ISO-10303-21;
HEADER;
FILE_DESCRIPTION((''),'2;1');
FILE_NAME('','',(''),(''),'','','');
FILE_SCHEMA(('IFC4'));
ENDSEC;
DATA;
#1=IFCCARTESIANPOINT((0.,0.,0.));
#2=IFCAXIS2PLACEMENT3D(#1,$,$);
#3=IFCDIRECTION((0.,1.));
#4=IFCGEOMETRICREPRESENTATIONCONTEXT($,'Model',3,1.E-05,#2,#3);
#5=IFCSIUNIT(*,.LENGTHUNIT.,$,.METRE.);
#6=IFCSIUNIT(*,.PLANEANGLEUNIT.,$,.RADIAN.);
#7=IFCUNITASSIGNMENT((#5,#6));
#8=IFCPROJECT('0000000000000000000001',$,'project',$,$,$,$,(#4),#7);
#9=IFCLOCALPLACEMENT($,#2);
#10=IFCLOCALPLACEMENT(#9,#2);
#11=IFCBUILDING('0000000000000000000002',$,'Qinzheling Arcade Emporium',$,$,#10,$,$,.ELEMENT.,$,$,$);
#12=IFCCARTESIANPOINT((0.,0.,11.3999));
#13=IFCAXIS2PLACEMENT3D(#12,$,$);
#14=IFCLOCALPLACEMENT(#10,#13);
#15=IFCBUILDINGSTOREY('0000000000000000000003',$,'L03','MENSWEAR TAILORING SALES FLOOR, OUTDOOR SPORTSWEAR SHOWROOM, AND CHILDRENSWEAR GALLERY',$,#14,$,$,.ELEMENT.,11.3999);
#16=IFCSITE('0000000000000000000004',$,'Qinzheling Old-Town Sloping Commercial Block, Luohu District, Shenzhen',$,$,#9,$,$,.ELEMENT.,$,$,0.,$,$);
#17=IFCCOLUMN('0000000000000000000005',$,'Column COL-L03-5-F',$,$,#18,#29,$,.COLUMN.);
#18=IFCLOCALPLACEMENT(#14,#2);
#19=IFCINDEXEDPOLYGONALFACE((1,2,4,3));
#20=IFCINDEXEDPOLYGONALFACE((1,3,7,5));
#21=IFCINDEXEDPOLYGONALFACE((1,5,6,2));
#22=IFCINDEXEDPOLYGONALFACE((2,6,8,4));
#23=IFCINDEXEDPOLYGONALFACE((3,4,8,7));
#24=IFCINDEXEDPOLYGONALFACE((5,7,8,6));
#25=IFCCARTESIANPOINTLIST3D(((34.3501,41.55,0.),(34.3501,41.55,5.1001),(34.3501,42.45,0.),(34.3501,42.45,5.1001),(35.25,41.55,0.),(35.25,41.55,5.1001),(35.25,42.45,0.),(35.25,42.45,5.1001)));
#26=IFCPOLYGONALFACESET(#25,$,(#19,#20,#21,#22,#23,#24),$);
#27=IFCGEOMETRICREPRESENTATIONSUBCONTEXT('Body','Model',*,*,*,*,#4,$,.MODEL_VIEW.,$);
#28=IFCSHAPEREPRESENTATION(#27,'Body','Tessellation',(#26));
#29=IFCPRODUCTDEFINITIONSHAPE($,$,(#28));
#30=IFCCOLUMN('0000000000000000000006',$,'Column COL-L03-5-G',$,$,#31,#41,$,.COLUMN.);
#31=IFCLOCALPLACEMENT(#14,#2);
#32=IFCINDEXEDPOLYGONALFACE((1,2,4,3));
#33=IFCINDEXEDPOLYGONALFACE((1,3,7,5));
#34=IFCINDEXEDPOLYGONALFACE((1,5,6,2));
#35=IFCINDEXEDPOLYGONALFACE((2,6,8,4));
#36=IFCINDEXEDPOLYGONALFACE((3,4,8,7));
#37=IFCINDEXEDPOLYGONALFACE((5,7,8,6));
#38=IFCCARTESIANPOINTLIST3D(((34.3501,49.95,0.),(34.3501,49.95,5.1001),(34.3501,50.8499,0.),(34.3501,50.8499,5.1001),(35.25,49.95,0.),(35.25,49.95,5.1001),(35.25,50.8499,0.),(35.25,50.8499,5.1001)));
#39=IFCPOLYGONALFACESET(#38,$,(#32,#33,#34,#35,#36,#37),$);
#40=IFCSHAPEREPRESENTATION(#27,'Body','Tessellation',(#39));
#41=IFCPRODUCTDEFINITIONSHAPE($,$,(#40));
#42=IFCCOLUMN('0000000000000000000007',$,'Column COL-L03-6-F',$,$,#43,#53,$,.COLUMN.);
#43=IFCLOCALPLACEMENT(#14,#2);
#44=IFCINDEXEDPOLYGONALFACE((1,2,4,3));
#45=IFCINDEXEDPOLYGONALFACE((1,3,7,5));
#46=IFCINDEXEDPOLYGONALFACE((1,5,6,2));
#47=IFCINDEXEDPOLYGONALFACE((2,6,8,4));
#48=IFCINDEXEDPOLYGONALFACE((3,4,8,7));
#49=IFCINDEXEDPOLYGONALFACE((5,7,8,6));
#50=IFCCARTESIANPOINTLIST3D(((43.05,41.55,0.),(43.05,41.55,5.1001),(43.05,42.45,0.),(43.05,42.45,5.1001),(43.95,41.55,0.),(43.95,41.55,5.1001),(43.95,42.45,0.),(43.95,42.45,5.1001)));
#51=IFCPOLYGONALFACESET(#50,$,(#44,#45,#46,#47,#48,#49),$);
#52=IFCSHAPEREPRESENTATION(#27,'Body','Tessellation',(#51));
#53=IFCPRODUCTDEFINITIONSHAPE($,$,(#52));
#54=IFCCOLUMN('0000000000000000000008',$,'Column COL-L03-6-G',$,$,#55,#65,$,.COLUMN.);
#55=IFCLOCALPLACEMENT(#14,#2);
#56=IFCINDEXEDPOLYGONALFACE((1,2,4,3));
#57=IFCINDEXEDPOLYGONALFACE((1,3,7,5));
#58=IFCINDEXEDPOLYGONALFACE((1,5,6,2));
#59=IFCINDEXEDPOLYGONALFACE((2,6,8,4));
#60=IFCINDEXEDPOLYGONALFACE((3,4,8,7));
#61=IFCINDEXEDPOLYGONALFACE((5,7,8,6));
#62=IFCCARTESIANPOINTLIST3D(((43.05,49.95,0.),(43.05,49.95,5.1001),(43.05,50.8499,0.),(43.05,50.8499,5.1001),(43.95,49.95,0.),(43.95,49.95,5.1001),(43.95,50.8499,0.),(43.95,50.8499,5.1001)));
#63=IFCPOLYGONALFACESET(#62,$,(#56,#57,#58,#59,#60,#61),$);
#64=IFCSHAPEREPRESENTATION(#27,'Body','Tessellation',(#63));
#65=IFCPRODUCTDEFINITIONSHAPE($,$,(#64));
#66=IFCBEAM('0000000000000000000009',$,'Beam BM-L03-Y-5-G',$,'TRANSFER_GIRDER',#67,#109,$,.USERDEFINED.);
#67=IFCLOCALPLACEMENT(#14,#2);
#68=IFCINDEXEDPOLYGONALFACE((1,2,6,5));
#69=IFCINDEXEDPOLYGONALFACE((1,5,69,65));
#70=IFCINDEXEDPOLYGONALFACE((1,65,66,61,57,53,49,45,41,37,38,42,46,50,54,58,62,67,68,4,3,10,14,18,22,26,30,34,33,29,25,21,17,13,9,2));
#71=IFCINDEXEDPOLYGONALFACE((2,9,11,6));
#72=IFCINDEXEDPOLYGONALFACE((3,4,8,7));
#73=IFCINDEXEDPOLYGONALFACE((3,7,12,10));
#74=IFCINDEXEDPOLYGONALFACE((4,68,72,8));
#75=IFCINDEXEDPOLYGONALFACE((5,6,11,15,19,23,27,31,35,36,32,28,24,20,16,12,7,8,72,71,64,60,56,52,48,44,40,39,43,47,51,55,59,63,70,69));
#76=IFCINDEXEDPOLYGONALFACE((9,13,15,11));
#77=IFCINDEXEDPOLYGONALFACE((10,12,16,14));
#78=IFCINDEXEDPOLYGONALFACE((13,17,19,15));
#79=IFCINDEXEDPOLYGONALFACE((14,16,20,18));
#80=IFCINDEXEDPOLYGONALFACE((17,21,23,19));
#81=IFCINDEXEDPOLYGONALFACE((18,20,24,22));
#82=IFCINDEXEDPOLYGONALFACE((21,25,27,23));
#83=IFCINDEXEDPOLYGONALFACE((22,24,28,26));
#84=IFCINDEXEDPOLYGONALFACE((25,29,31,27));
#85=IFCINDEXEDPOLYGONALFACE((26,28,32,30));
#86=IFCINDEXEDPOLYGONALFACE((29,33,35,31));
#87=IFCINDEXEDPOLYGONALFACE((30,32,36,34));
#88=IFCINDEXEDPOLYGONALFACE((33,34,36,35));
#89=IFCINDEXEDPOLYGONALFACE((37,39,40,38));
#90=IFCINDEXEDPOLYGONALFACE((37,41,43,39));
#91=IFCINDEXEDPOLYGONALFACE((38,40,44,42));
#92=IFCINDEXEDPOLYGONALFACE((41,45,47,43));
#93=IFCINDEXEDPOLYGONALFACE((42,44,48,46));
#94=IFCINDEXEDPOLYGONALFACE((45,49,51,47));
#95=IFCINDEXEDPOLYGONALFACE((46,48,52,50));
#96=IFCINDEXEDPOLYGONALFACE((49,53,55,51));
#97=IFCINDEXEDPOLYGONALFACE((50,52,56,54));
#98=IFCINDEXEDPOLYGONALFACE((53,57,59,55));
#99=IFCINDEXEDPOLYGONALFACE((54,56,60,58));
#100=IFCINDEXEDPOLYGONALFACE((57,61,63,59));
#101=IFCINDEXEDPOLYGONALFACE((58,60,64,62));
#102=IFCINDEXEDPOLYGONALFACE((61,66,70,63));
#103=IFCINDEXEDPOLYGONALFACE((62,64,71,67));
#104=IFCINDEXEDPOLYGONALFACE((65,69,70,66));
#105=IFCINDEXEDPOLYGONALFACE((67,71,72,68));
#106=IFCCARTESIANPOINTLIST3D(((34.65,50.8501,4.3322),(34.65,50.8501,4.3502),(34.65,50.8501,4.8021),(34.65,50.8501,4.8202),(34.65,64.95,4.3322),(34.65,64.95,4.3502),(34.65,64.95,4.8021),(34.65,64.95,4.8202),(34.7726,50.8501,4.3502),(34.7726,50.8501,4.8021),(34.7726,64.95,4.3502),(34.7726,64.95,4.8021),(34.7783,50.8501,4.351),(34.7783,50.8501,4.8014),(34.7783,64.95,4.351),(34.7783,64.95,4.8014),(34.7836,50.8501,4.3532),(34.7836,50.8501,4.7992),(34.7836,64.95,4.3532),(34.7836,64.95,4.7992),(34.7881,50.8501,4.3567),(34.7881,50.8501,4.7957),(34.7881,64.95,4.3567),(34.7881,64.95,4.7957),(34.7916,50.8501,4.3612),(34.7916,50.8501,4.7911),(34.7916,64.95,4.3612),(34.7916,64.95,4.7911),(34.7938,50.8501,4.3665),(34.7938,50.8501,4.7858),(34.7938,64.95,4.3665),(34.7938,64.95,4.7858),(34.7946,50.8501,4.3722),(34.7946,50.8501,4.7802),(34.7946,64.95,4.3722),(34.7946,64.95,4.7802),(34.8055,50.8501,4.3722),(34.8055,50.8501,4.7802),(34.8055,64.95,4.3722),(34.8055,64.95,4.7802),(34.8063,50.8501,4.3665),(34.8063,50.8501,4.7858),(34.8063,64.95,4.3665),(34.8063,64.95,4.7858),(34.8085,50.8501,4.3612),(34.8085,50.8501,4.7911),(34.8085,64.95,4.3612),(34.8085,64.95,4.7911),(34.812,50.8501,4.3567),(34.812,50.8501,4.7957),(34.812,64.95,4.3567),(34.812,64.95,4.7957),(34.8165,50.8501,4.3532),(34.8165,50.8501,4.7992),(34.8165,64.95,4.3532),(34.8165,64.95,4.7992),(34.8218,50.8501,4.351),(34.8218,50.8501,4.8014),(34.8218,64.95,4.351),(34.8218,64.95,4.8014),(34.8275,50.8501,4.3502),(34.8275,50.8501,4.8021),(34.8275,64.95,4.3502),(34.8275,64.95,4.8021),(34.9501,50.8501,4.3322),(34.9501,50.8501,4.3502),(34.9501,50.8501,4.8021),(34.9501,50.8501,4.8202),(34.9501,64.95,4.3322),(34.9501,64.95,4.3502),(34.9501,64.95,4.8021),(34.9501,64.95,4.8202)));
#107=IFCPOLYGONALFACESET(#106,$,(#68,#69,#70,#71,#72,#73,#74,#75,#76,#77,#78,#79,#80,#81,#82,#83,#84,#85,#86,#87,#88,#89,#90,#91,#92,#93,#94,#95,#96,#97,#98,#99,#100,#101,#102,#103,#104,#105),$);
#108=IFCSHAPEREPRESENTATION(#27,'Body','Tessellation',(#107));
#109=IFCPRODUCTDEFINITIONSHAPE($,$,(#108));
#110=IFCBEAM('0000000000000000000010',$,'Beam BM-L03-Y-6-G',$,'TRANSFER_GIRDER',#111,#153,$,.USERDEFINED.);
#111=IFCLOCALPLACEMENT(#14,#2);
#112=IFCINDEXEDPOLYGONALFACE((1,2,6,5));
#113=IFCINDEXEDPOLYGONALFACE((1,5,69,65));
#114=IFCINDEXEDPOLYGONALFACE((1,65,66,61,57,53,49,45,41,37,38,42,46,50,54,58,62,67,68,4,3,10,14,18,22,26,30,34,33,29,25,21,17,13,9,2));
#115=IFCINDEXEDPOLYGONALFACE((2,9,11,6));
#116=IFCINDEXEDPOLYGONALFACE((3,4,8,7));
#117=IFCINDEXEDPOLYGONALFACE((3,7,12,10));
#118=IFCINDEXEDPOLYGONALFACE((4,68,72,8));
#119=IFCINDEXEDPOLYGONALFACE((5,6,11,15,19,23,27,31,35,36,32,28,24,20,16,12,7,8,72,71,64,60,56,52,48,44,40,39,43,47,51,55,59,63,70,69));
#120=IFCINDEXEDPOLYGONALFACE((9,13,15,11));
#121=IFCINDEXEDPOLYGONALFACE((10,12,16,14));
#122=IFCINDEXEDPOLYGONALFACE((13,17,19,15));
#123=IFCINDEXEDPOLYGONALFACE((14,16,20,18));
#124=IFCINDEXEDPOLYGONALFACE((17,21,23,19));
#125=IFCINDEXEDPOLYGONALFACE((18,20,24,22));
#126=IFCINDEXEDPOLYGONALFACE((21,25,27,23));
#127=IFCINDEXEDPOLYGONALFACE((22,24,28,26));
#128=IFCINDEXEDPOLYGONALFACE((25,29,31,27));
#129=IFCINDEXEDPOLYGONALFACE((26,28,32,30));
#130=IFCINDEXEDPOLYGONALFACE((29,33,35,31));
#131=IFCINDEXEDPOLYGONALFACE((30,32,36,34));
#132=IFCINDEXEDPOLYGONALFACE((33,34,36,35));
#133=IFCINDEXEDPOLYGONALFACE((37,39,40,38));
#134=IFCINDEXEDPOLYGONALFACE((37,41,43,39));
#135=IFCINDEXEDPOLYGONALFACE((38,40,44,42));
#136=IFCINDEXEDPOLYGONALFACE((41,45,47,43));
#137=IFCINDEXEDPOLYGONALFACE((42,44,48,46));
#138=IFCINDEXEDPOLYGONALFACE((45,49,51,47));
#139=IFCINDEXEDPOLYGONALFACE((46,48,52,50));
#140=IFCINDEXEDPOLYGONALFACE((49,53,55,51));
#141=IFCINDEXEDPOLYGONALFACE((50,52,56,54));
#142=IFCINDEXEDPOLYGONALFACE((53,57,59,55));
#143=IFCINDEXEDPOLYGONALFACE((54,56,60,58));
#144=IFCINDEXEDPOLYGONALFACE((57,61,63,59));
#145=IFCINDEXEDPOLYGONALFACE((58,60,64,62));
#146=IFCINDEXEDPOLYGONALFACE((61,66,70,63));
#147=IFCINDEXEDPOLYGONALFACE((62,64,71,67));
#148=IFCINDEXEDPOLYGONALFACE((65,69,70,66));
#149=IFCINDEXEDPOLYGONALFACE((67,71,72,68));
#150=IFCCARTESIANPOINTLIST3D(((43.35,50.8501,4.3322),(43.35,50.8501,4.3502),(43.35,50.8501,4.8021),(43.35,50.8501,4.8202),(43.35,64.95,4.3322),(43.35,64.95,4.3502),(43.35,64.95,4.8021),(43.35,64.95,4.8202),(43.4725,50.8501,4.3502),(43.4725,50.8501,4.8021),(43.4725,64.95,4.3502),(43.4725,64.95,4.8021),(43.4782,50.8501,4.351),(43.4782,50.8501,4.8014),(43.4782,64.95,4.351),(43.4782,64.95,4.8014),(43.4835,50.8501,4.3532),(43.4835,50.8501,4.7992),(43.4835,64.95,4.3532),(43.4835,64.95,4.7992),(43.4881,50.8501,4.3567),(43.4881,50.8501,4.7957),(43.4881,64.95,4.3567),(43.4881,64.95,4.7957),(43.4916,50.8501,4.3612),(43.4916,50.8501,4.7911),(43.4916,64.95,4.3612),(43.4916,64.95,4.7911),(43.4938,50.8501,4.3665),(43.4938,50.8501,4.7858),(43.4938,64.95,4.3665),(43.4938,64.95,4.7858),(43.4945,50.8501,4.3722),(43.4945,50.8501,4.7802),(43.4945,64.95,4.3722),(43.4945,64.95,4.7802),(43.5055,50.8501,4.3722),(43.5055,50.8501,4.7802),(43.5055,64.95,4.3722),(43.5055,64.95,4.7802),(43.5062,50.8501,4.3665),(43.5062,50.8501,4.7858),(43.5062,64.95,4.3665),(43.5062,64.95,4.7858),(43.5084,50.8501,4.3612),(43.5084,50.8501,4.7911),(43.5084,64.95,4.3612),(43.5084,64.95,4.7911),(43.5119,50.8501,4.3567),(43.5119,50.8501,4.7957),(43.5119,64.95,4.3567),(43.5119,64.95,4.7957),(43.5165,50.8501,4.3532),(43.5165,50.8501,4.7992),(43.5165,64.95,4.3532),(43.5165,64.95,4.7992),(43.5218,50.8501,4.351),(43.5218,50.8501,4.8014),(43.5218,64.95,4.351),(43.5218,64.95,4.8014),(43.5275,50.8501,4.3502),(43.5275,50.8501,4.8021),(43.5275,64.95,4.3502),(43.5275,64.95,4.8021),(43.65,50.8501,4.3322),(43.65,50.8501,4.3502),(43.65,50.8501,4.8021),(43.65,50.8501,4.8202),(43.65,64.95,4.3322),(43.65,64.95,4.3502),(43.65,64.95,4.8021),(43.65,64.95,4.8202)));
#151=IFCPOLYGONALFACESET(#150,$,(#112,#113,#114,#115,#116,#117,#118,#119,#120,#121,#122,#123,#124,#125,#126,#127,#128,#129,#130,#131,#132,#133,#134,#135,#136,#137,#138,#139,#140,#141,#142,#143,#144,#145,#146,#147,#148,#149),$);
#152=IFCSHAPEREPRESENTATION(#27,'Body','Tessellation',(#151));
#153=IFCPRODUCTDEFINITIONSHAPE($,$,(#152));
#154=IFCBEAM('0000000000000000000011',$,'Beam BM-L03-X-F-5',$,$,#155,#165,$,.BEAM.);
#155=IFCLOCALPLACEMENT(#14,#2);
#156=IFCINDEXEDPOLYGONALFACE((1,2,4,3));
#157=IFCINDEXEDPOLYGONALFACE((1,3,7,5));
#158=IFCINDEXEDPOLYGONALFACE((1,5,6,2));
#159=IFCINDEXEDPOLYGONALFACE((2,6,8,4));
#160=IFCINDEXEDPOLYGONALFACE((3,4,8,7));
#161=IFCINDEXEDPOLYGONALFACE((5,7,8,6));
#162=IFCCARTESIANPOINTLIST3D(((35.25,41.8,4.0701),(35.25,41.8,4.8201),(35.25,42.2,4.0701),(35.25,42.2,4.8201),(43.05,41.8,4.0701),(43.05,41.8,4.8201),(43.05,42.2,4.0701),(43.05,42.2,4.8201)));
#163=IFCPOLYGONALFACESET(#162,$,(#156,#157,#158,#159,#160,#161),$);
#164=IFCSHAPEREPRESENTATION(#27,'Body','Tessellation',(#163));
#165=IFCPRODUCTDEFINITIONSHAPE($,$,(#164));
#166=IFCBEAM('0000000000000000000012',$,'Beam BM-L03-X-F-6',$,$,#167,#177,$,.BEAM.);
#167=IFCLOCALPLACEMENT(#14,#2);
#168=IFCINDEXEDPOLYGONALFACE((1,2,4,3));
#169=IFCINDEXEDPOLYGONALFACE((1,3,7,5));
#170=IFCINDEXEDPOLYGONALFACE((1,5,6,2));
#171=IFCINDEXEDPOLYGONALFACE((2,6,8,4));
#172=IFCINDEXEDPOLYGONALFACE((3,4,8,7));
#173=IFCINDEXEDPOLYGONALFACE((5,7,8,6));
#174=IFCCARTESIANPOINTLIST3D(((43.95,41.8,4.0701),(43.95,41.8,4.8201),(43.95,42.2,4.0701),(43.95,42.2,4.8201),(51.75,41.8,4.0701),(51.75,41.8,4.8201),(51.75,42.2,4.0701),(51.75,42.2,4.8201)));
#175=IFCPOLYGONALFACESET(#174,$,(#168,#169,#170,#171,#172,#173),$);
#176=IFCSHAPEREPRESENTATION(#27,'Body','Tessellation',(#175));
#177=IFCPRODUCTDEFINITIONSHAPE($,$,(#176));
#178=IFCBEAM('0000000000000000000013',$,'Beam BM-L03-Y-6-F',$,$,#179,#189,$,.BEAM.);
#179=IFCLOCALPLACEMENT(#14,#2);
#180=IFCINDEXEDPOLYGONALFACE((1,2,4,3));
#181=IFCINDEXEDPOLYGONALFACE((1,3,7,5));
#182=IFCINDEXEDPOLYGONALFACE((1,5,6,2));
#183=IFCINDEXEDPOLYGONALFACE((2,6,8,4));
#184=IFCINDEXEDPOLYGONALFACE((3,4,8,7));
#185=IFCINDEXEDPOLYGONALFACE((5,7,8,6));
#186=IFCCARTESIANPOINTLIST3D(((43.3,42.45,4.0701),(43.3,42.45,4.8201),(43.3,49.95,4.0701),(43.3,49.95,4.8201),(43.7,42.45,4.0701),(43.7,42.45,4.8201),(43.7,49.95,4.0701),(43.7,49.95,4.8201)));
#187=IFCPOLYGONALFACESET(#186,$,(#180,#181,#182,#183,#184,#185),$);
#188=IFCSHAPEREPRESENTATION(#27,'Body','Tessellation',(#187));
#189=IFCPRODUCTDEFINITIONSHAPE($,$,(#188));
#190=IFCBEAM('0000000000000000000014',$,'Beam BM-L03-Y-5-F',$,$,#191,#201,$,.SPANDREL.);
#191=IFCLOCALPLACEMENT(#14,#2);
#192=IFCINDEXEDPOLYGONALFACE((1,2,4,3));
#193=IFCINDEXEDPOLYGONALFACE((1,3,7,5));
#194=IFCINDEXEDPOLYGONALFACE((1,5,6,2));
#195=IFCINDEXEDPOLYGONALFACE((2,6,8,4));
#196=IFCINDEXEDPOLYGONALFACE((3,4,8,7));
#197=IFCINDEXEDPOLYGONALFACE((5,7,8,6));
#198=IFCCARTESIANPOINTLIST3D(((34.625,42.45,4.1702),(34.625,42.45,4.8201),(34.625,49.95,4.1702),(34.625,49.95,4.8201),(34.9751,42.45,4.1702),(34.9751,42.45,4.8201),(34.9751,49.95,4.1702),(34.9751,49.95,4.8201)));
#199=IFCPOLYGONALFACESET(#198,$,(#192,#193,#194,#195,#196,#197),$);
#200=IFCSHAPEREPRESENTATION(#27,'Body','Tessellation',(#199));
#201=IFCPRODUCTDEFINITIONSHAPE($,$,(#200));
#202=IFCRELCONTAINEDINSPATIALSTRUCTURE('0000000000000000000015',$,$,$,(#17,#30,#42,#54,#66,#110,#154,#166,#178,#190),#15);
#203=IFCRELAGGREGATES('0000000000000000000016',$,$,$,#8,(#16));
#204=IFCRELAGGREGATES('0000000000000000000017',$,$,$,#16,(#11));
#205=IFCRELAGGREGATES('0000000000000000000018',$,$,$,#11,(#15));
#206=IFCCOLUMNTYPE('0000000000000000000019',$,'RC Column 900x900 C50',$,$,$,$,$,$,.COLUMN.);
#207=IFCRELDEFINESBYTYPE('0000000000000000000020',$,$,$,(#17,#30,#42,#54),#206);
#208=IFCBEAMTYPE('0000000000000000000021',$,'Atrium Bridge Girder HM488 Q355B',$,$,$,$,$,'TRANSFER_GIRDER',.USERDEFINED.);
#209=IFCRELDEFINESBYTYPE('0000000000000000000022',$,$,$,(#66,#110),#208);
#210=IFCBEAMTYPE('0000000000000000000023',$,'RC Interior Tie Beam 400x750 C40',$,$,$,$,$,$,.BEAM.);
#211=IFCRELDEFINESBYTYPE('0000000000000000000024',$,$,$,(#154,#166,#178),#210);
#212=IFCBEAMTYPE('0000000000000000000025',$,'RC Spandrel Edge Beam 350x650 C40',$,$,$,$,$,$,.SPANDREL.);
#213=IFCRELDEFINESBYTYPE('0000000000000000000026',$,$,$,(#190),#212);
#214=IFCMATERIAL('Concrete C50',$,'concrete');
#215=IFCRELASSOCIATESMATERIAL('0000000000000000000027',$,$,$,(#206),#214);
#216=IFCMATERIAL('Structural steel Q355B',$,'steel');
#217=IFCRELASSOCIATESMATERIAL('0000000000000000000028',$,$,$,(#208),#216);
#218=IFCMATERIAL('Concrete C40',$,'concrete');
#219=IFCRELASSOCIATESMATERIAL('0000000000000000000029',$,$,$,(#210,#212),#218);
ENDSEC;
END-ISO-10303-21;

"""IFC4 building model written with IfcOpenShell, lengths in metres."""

from ifc_helpers import new_model, si_unit, direction, frame, origin, origin_2d, place, context, subcontext, project, spatial, rectangle, i_section, extrude, material, material_profile, profile_set, type_object, element, save


model = new_model("IFC4")

# Units and contexts
model_context = context("Model", 3, precision=1e-05, world=origin(), true_north=direction((0.0, 1.0)))
body_context = subcontext(model_context, "Body", "Model", "MODEL_VIEW")
ifc_project = project(units=[si_unit("LENGTHUNIT", "METRE"), si_unit("PLANEANGLEUNIT", "RADIAN")], contexts=[model_context])

# Site, building, storey
site_placement = place(None, origin())
site = spatial("IfcSite", under=ifc_project, at=site_placement, Name="Qinzheling Old-Town Sloping Commercial Block, Luohu District, Shenzhen", CompositionType="ELEMENT", RefElevation=0.0)
building_placement = place(site_placement, origin())
building = spatial("IfcBuilding", under=site, at=building_placement, Name="Qinzheling Arcade Emporium", CompositionType="ELEMENT")
storey_placement = place(building_placement, frame((0.0, 0.0, 11.3999)))
storey = spatial("IfcBuildingStorey", under=building, at=storey_placement, Name="L03", Description="MENSWEAR TAILORING SALES FLOOR, OUTDOOR SPORTSWEAR SHOWROOM, AND CHILDRENSWEAR GALLERY", CompositionType="ELEMENT", Elevation=11.3999)

# Columns
ifc_material_1 = material(Name="Concrete C50", Category="concrete")
ifc_material_profile_1 = material_profile(ifc_material_1, rectangle(XDim=0.8999, YDim=0.8999, at=origin_2d()), Name="RC 900x900", Category="concrete")
ifc_profile_set_1 = profile_set([ifc_material_profile_1], Name="Concrete C50")
column_type = type_object("IfcColumnType", Name="RC Column 900x900 C50", PredefinedType="COLUMN", material=ifc_profile_set_1)
for number, where, z_axis, x_axis, name in (
    (1, (34.8, 42.0, 0.0), (0.0, 0.0, 1.0), (1.0, 0.0, 0.0), "Column COL-L03-5-F"),
    (2, (34.8, 50.3999, 0.0), (0.0, 0.0, 1.0), (1.0, 0.0, 0.0), "Column COL-L03-5-G"),
    (3, (43.5, 42.0, 0.0), (0.0, 0.0, 1.0), (1.0, 0.0, 0.0), "Column COL-L03-6-F"),
    (4, (43.5, 50.3999, 0.0), (0.0, 0.0, 1.0), (1.0, 0.0, 0.0), "Column COL-L03-6-G"),
):
    element("IfcColumn", number, at=place(storey_placement, frame(where, z_axis=z_axis, x_axis=x_axis)), inside=storey, type_object=column_type, Name=name, PredefinedType="COLUMN", context=body_context, shape_type="SweptSolid", body=[
        extrude(rectangle(XDim=0.8999, YDim=0.8999, at=origin_2d()), origin(), (0.0, 0.0, 1.0), 5.1001),
    ])

# Beams
ifc_material_2 = material(Name="Structural steel Q355B", Category="steel")
ifc_material_profile_2 = material_profile(ifc_material_2, i_section(OverallWidth=0.3, OverallDepth=0.488, WebThickness=0.011, FlangeThickness=0.0181, FilletRadius=0.022, at=origin_2d()), Name="HM 488x300x11x18", Category="steel")
ifc_profile_set_2 = profile_set([ifc_material_profile_2], Name="Structural steel Q355B")
beam_type_1 = type_object("IfcBeamType", Name="Atrium Bridge Girder HM488 Q355B", ElementType="TRANSFER_GIRDER", PredefinedType="USERDEFINED", material=ifc_profile_set_2)
for number, where, z_axis, x_axis, name in (
    (5, (34.8, 50.8501, 4.5762), (0.0, 1.0, 0.0), (-1.0, 0.0, 0.0), "Beam BM-L03-Y-5-G"),
    (6, (43.5, 50.8501, 4.5762), (0.0, 1.0, 0.0), (-1.0, 0.0, 0.0), "Beam BM-L03-Y-6-G"),
):
    element("IfcBeam", number, at=place(storey_placement, frame(where, z_axis=z_axis, x_axis=x_axis)), inside=storey, type_object=beam_type_1, Name=name, ObjectType="TRANSFER_GIRDER", PredefinedType="USERDEFINED", context=body_context, shape_type="SweptSolid", body=[
        extrude(i_section(OverallWidth=0.3, OverallDepth=0.488, WebThickness=0.011, FlangeThickness=0.0181, FilletRadius=0.022, at=origin_2d()), origin(), (0.0, 0.0, 1.0), 14.0999),
    ])
ifc_material_3 = material(Name="Concrete C40", Category="concrete")
ifc_material_profile_3 = material_profile(ifc_material_3, rectangle(XDim=0.3999, YDim=0.75, at=origin_2d()), Name="RC 400x750", Category="concrete")
ifc_profile_set_3 = profile_set([ifc_material_profile_3], Name="Concrete C40")
beam_type_2 = type_object("IfcBeamType", Name="RC Interior Tie Beam 400x750 C40", PredefinedType="BEAM", material=ifc_profile_set_3)
for number, where, z_axis, x_axis, name in (
    (7, (35.25, 42.0, 4.4451), (1.0, 0.0, 0.0), (0.0, 1.0, 0.0), "Beam BM-L03-X-F-5"),
    (8, (43.95, 42.0, 4.4451), (1.0, 0.0, 0.0), (0.0, 1.0, 0.0), "Beam BM-L03-X-F-6"),
):
    element("IfcBeam", number, at=place(storey_placement, frame(where, z_axis=z_axis, x_axis=x_axis)), inside=storey, type_object=beam_type_2, Name=name, PredefinedType="BEAM", context=body_context, shape_type="SweptSolid", body=[
        extrude(rectangle(XDim=0.3999, YDim=0.75, at=origin_2d()), origin(), (0.0, 0.0, 1.0), 7.8),
    ])
beam_1_placement = place(storey_placement, frame((43.5, 42.45, 4.4451), z_axis=(0.0, 1.0, 0.0), x_axis=(-1.0, 0.0, 0.0)))
element("IfcBeam", 9, at=beam_1_placement, inside=storey, type_object=beam_type_2, Name="Beam BM-L03-Y-6-F", PredefinedType="BEAM", context=body_context, shape_type="SweptSolid", body=[
    extrude(rectangle(XDim=0.3999, YDim=0.75, at=origin_2d()), origin(), (0.0, 0.0, 1.0), 7.5),
])
ifc_material_profile_4 = material_profile(ifc_material_3, rectangle(XDim=0.3501, YDim=0.6499, at=origin_2d()), Name="RC 350x650", Category="concrete")
ifc_profile_set_4 = profile_set([ifc_material_profile_4], Name="Concrete C40")
beam_type_3 = type_object("IfcBeamType", Name="RC Spandrel Edge Beam 350x650 C40", PredefinedType="SPANDREL", material=ifc_profile_set_4)
beam_2_placement = place(storey_placement, frame((34.8, 42.45, 4.4951), z_axis=(0.0, 1.0, 0.0), x_axis=(-1.0, 0.0, 0.0)))
element("IfcBeam", 10, at=beam_2_placement, inside=storey, type_object=beam_type_3, Name="Beam BM-L03-Y-5-F", PredefinedType="SPANDREL", context=body_context, shape_type="SweptSolid", body=[
    extrude(rectangle(XDim=0.3501, YDim=0.6499, at=origin_2d()), origin(), (0.0, 0.0, 1.0), 7.5),
])

save(model, "model.ifc")
